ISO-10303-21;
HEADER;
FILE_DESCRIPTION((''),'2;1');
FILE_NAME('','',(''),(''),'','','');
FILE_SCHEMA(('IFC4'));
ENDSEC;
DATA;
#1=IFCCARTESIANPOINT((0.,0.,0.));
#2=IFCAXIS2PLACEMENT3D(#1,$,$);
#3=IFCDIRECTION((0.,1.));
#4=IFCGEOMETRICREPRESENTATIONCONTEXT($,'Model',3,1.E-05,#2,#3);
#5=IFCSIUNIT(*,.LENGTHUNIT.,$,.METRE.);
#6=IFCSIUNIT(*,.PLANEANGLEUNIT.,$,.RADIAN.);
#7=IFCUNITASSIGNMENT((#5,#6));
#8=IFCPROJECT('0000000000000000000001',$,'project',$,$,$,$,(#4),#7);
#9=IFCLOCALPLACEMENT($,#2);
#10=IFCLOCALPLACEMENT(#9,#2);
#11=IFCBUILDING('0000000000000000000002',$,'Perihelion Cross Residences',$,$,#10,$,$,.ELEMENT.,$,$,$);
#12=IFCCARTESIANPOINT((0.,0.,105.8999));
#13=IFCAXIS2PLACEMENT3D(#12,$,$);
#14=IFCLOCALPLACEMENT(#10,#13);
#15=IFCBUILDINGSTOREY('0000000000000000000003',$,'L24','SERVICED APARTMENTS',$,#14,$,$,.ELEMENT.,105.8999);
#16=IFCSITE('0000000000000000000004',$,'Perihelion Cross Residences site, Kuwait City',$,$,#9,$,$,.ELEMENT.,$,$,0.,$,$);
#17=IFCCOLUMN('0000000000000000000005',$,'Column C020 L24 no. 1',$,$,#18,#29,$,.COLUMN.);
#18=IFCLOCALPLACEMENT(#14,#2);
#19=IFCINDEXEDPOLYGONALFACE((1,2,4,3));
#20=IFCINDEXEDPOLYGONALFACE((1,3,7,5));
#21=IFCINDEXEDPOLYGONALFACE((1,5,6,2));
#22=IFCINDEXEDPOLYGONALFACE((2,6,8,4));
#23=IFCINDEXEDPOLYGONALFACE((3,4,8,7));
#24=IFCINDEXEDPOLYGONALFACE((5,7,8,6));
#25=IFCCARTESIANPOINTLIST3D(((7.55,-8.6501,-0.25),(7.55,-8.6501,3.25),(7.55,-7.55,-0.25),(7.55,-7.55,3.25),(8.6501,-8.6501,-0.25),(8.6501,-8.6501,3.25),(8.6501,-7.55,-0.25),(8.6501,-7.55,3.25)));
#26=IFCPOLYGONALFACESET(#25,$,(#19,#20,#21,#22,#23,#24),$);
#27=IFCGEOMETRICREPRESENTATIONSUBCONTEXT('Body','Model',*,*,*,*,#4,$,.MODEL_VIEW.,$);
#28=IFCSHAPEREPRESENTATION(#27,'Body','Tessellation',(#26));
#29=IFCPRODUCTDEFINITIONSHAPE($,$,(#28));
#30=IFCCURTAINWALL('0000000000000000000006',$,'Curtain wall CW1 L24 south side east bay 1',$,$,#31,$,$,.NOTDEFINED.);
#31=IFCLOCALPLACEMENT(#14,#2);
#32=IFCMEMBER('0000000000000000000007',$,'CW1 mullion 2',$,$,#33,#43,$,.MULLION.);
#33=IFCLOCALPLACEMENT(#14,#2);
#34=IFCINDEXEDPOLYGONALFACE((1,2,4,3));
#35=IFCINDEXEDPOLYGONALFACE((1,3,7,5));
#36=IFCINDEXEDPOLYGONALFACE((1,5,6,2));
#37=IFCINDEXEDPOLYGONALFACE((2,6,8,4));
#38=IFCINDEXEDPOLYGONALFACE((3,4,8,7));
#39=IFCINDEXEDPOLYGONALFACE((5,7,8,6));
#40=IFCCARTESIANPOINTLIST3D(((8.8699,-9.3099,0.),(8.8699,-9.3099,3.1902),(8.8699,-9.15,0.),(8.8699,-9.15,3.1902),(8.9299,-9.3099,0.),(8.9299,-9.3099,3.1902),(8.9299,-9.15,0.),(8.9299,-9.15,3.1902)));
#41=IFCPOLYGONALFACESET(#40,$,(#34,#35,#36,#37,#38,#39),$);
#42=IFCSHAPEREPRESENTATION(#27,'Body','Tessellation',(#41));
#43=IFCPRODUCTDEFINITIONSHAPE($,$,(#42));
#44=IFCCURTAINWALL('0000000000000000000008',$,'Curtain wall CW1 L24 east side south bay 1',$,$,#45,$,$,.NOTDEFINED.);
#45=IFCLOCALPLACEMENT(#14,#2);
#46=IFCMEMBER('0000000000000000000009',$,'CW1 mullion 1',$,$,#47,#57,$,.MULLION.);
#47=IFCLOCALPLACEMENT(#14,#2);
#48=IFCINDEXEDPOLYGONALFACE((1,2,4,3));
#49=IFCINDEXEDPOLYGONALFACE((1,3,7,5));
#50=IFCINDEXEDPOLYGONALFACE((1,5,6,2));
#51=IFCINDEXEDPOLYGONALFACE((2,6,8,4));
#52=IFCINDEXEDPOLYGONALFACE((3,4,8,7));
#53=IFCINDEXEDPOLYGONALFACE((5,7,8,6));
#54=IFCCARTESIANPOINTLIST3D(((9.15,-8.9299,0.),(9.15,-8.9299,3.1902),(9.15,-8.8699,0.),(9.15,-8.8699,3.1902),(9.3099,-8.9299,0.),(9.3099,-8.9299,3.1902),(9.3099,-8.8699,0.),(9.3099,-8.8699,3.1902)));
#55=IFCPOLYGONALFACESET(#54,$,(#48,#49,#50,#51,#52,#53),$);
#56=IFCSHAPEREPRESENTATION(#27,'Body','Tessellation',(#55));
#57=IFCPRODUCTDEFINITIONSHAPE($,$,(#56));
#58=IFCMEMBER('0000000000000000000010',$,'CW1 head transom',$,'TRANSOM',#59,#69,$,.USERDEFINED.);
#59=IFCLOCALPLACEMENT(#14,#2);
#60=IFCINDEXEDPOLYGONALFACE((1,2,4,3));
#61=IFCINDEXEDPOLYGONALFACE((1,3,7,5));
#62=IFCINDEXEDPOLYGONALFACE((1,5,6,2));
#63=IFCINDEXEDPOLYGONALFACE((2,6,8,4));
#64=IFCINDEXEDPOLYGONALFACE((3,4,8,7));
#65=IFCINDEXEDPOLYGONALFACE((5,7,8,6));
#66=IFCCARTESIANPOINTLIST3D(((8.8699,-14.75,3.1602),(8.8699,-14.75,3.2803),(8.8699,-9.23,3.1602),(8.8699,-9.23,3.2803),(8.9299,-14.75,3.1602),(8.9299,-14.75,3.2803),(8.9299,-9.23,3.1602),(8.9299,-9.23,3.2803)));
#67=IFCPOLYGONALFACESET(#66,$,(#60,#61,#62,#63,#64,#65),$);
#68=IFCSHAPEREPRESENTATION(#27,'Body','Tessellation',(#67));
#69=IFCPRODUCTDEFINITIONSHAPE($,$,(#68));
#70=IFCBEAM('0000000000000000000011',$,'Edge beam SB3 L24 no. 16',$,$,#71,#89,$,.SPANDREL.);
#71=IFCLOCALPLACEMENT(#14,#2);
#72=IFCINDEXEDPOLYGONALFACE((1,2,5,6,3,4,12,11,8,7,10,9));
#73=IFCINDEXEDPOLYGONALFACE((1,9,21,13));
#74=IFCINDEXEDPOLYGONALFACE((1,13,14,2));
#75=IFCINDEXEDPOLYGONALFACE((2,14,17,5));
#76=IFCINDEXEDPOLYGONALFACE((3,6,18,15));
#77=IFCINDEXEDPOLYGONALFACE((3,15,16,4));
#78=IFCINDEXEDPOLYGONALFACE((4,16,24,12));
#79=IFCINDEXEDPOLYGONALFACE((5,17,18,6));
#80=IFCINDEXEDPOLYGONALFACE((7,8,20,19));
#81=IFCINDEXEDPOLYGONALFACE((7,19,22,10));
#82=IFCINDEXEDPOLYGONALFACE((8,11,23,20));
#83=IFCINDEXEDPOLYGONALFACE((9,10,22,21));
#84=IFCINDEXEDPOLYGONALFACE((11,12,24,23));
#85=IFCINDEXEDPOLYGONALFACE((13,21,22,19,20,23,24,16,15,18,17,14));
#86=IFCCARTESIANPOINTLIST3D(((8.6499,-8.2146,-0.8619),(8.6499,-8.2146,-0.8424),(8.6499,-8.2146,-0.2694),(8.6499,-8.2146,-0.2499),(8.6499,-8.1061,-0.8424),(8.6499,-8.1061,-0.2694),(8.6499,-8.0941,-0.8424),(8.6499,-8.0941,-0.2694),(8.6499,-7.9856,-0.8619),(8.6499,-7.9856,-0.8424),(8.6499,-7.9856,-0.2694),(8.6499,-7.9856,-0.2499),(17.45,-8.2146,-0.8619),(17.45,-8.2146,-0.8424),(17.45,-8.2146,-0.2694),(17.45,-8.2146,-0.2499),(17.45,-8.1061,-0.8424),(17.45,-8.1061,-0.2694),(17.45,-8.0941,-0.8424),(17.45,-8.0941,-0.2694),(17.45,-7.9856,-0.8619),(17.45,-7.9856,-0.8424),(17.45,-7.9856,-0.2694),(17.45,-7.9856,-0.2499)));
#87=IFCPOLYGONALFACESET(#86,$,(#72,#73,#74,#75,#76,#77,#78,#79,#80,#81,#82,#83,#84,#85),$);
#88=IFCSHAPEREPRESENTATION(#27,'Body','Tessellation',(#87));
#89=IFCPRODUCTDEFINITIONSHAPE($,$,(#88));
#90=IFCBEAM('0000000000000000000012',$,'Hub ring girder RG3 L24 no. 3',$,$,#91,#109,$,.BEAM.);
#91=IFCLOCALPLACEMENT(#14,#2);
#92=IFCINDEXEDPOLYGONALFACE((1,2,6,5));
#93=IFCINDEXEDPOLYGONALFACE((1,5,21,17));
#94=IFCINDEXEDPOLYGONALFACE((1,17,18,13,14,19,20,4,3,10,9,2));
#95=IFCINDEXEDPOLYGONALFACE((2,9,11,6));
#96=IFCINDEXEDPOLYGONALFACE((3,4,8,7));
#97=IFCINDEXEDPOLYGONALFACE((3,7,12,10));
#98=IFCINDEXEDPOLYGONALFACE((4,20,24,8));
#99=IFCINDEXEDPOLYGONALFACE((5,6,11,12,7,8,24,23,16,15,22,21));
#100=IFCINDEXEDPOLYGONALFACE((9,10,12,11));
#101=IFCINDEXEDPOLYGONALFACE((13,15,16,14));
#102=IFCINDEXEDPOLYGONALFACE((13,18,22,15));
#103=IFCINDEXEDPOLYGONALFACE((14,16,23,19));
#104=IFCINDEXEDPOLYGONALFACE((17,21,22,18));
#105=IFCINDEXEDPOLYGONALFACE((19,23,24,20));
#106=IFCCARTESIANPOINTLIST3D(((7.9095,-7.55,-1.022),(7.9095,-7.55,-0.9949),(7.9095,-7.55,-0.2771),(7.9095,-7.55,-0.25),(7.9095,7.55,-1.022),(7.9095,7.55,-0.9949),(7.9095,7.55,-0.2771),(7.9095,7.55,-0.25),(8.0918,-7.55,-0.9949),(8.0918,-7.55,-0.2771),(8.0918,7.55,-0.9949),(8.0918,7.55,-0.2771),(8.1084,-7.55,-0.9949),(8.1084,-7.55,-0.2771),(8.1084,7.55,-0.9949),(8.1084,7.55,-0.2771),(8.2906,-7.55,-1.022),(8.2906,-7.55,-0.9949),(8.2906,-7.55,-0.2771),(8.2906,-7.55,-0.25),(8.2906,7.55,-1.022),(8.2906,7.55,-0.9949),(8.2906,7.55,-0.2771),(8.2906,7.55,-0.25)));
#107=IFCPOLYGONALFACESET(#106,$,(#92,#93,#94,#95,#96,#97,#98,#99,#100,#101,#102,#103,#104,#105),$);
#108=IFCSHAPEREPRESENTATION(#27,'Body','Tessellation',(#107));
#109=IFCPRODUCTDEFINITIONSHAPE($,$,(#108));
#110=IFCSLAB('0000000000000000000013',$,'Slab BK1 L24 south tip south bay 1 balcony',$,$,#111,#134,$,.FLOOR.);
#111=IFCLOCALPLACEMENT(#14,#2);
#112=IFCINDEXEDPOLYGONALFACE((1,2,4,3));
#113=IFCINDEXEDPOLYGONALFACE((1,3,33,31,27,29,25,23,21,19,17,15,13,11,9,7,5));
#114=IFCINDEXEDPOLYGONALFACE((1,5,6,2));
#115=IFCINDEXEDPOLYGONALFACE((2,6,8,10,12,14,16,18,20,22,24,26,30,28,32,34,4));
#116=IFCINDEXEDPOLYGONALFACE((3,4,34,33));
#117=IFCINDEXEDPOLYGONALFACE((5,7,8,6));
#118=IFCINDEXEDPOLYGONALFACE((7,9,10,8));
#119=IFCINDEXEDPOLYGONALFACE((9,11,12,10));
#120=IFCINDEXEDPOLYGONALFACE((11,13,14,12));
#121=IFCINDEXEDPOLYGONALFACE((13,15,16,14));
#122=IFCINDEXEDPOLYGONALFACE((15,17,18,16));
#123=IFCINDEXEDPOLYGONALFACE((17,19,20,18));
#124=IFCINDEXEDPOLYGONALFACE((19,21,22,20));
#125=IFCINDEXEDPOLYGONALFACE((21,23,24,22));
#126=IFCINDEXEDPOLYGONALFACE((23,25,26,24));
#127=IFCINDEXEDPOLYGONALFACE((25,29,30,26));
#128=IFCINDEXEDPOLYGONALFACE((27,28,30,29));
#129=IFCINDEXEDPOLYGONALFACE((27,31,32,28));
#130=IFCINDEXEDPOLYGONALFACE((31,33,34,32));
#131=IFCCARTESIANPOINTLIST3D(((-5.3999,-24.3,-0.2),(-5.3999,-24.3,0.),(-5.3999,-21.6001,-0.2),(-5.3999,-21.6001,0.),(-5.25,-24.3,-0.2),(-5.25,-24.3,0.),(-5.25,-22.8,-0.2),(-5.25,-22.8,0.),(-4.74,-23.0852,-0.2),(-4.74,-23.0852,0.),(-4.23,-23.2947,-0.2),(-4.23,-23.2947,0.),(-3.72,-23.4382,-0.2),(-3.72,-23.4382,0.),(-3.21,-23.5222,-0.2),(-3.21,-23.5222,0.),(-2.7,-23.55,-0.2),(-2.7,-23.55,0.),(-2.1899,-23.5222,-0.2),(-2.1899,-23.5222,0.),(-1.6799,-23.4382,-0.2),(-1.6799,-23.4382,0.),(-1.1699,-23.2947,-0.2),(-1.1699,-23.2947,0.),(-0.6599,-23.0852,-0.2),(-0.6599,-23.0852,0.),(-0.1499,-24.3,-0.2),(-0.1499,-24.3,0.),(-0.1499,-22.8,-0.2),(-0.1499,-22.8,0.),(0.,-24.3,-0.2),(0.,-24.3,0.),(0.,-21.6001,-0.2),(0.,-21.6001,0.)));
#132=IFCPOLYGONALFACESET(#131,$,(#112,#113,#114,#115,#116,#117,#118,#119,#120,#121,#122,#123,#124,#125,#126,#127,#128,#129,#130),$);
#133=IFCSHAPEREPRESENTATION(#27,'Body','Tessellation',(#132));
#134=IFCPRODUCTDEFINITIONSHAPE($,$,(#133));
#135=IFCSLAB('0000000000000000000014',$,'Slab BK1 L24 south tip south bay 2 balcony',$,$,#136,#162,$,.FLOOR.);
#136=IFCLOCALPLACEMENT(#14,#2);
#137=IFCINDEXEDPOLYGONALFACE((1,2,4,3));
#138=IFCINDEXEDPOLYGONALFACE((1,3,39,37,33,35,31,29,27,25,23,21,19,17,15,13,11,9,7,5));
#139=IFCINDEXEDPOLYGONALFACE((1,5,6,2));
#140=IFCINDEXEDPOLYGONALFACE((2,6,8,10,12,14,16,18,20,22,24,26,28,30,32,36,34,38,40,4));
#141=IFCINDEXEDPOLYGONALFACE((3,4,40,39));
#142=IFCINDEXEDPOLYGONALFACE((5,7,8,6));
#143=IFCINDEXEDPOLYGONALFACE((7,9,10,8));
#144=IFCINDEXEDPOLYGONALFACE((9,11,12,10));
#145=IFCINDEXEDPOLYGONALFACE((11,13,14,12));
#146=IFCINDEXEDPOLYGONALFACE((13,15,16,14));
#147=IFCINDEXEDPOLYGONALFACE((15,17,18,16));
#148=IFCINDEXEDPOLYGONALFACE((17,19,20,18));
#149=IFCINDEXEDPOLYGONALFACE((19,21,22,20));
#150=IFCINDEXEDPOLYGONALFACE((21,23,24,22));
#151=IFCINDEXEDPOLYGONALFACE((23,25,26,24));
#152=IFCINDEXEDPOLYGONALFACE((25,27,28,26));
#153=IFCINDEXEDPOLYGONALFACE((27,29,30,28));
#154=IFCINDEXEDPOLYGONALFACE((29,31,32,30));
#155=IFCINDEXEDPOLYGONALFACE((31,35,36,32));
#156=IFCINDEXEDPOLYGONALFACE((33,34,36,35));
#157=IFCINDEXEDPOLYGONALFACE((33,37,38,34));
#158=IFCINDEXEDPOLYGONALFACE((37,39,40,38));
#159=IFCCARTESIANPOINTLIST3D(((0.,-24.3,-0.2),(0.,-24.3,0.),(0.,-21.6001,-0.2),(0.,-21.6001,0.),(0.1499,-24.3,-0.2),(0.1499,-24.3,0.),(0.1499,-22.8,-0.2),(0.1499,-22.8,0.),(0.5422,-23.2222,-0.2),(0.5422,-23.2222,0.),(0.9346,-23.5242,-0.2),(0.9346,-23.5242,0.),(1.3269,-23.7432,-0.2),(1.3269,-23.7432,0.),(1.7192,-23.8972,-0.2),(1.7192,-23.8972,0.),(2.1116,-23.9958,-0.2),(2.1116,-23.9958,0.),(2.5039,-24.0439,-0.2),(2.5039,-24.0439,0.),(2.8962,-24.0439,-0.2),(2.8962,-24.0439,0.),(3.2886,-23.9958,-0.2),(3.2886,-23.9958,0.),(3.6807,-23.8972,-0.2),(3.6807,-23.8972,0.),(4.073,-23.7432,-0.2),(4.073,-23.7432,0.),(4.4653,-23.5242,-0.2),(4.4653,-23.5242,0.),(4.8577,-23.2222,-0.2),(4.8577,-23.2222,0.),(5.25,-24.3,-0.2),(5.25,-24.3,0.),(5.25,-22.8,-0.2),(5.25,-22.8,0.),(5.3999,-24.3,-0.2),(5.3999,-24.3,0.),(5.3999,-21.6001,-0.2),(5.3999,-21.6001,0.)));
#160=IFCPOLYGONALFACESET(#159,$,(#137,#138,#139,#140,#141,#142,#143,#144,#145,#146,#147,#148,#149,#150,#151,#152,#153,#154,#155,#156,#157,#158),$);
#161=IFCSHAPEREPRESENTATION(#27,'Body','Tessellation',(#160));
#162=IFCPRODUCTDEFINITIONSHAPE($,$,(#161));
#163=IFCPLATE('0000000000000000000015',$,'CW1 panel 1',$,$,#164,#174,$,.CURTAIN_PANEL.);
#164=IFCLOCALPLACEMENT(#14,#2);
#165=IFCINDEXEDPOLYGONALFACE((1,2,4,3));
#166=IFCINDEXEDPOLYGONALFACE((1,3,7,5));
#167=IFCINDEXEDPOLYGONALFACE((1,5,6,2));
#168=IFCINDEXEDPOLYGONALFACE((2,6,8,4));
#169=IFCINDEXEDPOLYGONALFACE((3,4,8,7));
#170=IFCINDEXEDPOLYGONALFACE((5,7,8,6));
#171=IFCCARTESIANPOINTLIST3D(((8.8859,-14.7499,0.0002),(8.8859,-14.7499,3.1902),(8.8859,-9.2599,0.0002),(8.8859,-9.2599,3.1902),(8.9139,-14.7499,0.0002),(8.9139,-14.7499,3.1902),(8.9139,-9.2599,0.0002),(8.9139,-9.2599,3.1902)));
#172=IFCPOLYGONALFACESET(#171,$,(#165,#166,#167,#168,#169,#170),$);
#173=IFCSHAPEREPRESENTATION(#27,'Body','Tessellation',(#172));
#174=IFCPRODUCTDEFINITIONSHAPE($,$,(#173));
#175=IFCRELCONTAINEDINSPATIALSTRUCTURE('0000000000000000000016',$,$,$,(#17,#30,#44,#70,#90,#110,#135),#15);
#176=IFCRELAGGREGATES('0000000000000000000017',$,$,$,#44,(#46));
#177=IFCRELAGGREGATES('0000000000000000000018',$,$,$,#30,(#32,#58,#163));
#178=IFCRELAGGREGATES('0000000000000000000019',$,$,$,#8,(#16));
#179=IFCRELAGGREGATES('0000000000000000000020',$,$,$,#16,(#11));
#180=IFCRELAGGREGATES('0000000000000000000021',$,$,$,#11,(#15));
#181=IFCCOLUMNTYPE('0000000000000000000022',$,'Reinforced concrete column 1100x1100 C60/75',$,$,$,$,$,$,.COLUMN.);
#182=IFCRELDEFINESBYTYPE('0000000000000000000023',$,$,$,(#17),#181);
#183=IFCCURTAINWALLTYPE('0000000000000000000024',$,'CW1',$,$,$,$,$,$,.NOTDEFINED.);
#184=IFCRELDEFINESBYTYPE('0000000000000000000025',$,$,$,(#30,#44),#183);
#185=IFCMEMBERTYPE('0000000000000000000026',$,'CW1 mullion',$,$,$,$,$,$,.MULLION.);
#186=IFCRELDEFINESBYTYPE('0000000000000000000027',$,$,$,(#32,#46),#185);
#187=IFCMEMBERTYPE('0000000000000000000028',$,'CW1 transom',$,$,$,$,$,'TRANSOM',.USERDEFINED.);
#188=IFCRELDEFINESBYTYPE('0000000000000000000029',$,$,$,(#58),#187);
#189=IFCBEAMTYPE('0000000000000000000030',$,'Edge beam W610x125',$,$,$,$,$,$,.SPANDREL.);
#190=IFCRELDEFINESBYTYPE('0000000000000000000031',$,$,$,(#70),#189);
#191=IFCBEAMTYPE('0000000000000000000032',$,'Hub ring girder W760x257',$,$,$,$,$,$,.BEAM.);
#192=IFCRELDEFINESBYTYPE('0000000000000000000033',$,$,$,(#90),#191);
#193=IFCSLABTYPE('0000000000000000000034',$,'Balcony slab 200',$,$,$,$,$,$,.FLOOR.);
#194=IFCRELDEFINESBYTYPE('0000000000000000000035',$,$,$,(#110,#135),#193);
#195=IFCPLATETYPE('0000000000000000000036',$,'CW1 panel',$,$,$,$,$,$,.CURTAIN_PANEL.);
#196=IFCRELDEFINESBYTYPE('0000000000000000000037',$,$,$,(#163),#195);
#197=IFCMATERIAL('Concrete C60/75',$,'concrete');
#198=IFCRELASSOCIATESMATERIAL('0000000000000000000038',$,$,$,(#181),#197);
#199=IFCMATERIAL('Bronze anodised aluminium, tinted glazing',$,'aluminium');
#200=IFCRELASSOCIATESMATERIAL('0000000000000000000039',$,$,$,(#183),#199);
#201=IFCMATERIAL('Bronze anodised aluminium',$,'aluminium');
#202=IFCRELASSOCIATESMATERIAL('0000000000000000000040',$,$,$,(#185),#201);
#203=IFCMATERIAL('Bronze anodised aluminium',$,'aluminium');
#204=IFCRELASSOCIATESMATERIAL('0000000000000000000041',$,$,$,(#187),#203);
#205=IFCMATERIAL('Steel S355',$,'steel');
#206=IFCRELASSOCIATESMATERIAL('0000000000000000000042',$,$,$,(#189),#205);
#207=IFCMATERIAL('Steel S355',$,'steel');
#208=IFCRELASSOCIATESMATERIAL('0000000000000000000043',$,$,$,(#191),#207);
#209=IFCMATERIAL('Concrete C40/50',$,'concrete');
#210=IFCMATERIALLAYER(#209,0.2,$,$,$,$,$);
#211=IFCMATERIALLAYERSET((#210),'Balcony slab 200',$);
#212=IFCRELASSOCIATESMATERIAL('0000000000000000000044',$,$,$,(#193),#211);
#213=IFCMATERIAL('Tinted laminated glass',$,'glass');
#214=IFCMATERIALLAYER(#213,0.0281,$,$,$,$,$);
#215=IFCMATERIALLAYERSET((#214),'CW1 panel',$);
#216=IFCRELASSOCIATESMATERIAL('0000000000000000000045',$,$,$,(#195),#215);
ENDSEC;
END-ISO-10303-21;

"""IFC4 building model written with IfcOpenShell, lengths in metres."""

from ifc_helpers import new_model, si_unit, direction, frame, origin, origin_2d, place, context, subcontext, project, spatial, polyline, rectangle, i_section, outline, extrude, material, layer, layer_set, material_profile, profile_set, type_object, element, aggregate, save


model = new_model("IFC4")

# Units and contexts
model_context = context("Model", 3, precision=1e-05, world=origin(), true_north=direction((0.0, 1.0)))
body_context = subcontext(model_context, "Body", "Model", "MODEL_VIEW")
ifc_project = project(units=[si_unit("LENGTHUNIT", "METRE"), si_unit("PLANEANGLEUNIT", "RADIAN")], contexts=[model_context])

# Site, building, storey
site_placement = place(None, origin())
site = spatial("IfcSite", under=ifc_project, at=site_placement, Name="Perihelion Cross Residences site, Kuwait City", CompositionType="ELEMENT", RefElevation=0.0)
building_placement = place(site_placement, origin())
building = spatial("IfcBuilding", under=site, at=building_placement, Name="Perihelion Cross Residences", CompositionType="ELEMENT")
storey_placement = place(building_placement, frame((0.0, 0.0, 105.8999)))
storey = spatial("IfcBuildingStorey", under=building, at=storey_placement, Name="L24", Description="SERVICED APARTMENTS", CompositionType="ELEMENT", Elevation=105.8999)

# Column
ifc_material_1 = material(Name="Concrete C60/75", Category="concrete")
ifc_material_profile_1 = material_profile(ifc_material_1, rectangle(XDim=1.1001, YDim=1.1001, at=origin_2d()), Name="RC 1100x1100")
ifc_profile_set_1 = profile_set([ifc_material_profile_1], Name="Concrete C60/75")
column_type = type_object("IfcColumnType", Name="Reinforced concrete column 1100x1100 C60/75", PredefinedType="COLUMN", material=ifc_profile_set_1)
column_placement = place(storey_placement, frame((8.1001, -8.1001, -0.25), z_axis=(0.0, 0.0, 1.0), x_axis=(1.0, 0.0, 0.0)))
element("IfcColumn", 1, at=column_placement, inside=storey, type_object=column_type, Name="Column C020 L24 no. 1", PredefinedType="COLUMN", context=body_context, shape_type="SweptSolid", body=[
    extrude(rectangle(XDim=1.1001, YDim=1.1001, at=origin_2d()), origin(), (0.0, 0.0, 1.0), 3.5),
])

# Curtain walls, members
ifc_material_2 = material(Name="Bronze anodised aluminium, tinted glazing", Category="aluminium")
curtain_wall_type = type_object("IfcCurtainWallType", Name="CW1", PredefinedType="NOTDEFINED", material=ifc_material_2)
curtain_wall_1_placement = place(storey_placement, origin())
curtain_wall_1 = element("IfcCurtainWall", 2, at=curtain_wall_1_placement, inside=storey, type_object=curtain_wall_type, Name="Curtain wall CW1 L24 south side east bay 1", PredefinedType="NOTDEFINED")
ifc_material_3 = material(Name="Bronze anodised aluminium", Category="aluminium")
ifc_material_profile_2 = material_profile(ifc_material_3, rectangle(XDim=0.0601, YDim=0.1599, at=origin_2d()), Name="CW1 mullion")
ifc_profile_set_2 = profile_set([ifc_material_profile_2], Name="Bronze anodised aluminium")
member_type_1 = type_object("IfcMemberType", Name="CW1 mullion", PredefinedType="MULLION", material=ifc_profile_set_2)
member_1_placement = place(storey_placement, frame((8.8999, -9.23, 0.0), z_axis=(0.0, 0.0, 1.0), x_axis=(-1.0, 0.0, 0.0)))
member_1 = element("IfcMember", 3, at=member_1_placement, type_object=member_type_1, Name="CW1 mullion 2", PredefinedType="MULLION", context=body_context, shape_type="SweptSolid", body=[
    extrude(rectangle(XDim=0.0601, YDim=0.1599, at=origin_2d()), origin(), (0.0, 0.0, 1.0), 3.1902),
])
curtain_wall_2_placement = place(storey_placement, origin())
curtain_wall_2 = element("IfcCurtainWall", 4, at=curtain_wall_2_placement, inside=storey, type_object=curtain_wall_type, Name="Curtain wall CW1 L24 east side south bay 1", PredefinedType="NOTDEFINED")
member_2_placement = place(storey_placement, frame((9.23, -8.8999, 0.0), z_axis=(0.0, 0.0, 1.0), x_axis=(0.0, 1.0, 0.0)))
member_2 = element("IfcMember", 5, at=member_2_placement, type_object=member_type_1, Name="CW1 mullion 1", PredefinedType="MULLION", context=body_context, shape_type="SweptSolid", body=[
    extrude(rectangle(XDim=0.0601, YDim=0.1599, at=origin_2d()), origin(), (0.0, 0.0, 1.0), 3.1902),
])
aggregate(curtain_wall_2, [member_2])

# Member
ifc_material_4 = material(Name="Bronze anodised aluminium", Category="aluminium")
ifc_material_profile_3 = material_profile(ifc_material_4, rectangle(XDim=0.0601, YDim=0.1201, at=origin_2d()), Name="CW1 transom")
ifc_profile_set_3 = profile_set([ifc_material_profile_3], Name="Bronze anodised aluminium")
member_type_2 = type_object("IfcMemberType", Name="CW1 transom", ElementType="TRANSOM", PredefinedType="USERDEFINED", material=ifc_profile_set_3)
member_3_placement = place(storey_placement, frame((8.8999, -14.75, 3.2202), z_axis=(0.0, 1.0, 0.0), x_axis=(-1.0, 0.0, 0.0)))
member_3 = element("IfcMember", 6, at=member_3_placement, type_object=member_type_2, Name="CW1 head transom", ObjectType="TRANSOM", PredefinedType="USERDEFINED", context=body_context, shape_type="SweptSolid", body=[
    extrude(rectangle(XDim=0.0601, YDim=0.1201, at=origin_2d()), origin(), (0.0, 0.0, 1.0), 5.52),
])

# Beams
ifc_material_5 = material(Name="Steel S355", Category="steel")
ifc_material_profile_4 = material_profile(ifc_material_5, i_section(OverallWidth=0.229, OverallDepth=0.6121, WebThickness=0.012, FlangeThickness=0.0195, at=origin_2d()), Name="W610x125")
ifc_profile_set_4 = profile_set([ifc_material_profile_4], Name="Steel S355")
beam_type_1 = type_object("IfcBeamType", Name="Edge beam W610x125", PredefinedType="SPANDREL", material=ifc_profile_set_4)
beam_1_placement = place(storey_placement, frame((8.6499, -8.1001, -0.5559), z_axis=(1.0, 0.0, 0.0), x_axis=(0.0, 1.0, 0.0)))
element("IfcBeam", 7, at=beam_1_placement, inside=storey, type_object=beam_type_1, Name="Edge beam SB3 L24 no. 16", PredefinedType="SPANDREL", context=body_context, shape_type="SweptSolid", body=[
    extrude(i_section(OverallWidth=0.229, OverallDepth=0.6121, WebThickness=0.012, FlangeThickness=0.0195, at=origin_2d()), origin(), (0.0, 0.0, 1.0), 8.8),
])
ifc_material_6 = material(Name="Steel S355", Category="steel")
ifc_material_profile_5 = material_profile(ifc_material_6, i_section(OverallWidth=0.3811, OverallDepth=0.772, WebThickness=0.0166, FlangeThickness=0.0271, at=origin_2d()), Name="W760x257")
ifc_profile_set_5 = profile_set([ifc_material_profile_5], Name="Steel S355")
beam_type_2 = type_object("IfcBeamType", Name="Hub ring girder W760x257", PredefinedType="BEAM", material=ifc_profile_set_5)
beam_2_placement = place(storey_placement, frame((8.1001, -7.55, -0.636), z_axis=(0.0, 1.0, 0.0), x_axis=(-1.0, 0.0, 0.0)))
element("IfcBeam", 8, at=beam_2_placement, inside=storey, type_object=beam_type_2, Name="Hub ring girder RG3 L24 no. 3", PredefinedType="BEAM", context=body_context, shape_type="SweptSolid", body=[
    extrude(i_section(OverallWidth=0.3811, OverallDepth=0.772, WebThickness=0.0166, FlangeThickness=0.0271, at=origin_2d()), origin(), (0.0, 0.0, 1.0), 15.1001),
])

# Slabs
ifc_material_7 = material(Name="Concrete C40/50", Category="concrete")
ifc_layer_1 = layer(ifc_material_7, 0.2)
ifc_layer_set_1 = layer_set([ifc_layer_1], Name="Balcony slab 200")
slab_type_1 = type_object("IfcSlabType", Name="Balcony slab 200", PredefinedType="FLOOR", material=ifc_layer_set_1)
slab_1_placement = place(storey_placement, frame((0.0, 0.0, -0.2)))
element("IfcSlab", 9, at=slab_1_placement, inside=storey, type_object=slab_type_1, Name="Slab BK1 L24 south tip south bay 1 balcony", PredefinedType="FLOOR", context=body_context, shape_type="SweptSolid", body=[
    extrude(outline(polyline([(-5.3999, -21.6001), (0.0, -21.6001), (0.0, -24.3), (-0.1499, -24.3), (-0.1499, -22.8), (-0.6599, -23.0852), (-1.1699, -23.2947), (-1.6799, -23.4382), (-2.1899, -23.5222), (-2.7, -23.55), (-3.21, -23.5222), (-3.72, -23.4382), (-4.23, -23.2947), (-4.74, -23.0852), (-5.25, -22.8), (-5.25, -24.3), (-5.3999, -24.3), (-5.3999, -21.6001)])), origin(), (0.0, 0.0, 1.0), 0.2),
])
slab_2_placement = place(storey_placement, frame((0.0, 0.0, -0.2)))
element("IfcSlab", 10, at=slab_2_placement, inside=storey, type_object=slab_type_1, Name="Slab BK1 L24 south tip south bay 2 balcony", PredefinedType="FLOOR", context=body_context, shape_type="SweptSolid", body=[
    extrude(outline(polyline([(0.0, -21.6001), (5.3999, -21.6001), (5.3999, -24.3), (5.25, -24.3), (5.25, -22.8), (4.8577, -23.2222), (4.4653, -23.5242), (4.073, -23.7432), (3.6807, -23.8972), (3.2886, -23.9958), (2.8962, -24.0439), (2.5039, -24.0439), (2.1116, -23.9958), (1.7192, -23.8972), (1.3269, -23.7432), (0.9346, -23.5242), (0.5422, -23.2222), (0.1499, -22.8), (0.1499, -24.3), (0.0, -24.3), (0.0, -21.6001)])), origin(), (0.0, 0.0, 1.0), 0.2),
])

# Plate
ifc_material_8 = material(Name="Tinted laminated glass", Category="glass")
ifc_layer_2 = layer(ifc_material_8, 0.0281)
ifc_layer_set_2 = layer_set([ifc_layer_2], Name="CW1 panel")
plate_type = type_object("IfcPlateType", Name="CW1 panel", PredefinedType="CURTAIN_PANEL", material=ifc_layer_set_2)
plate_placement = place(storey_placement, frame((8.8999, -12.0049, 0.0002), z_axis=(0.0, 0.0, 1.0), x_axis=(0.0, 1.0, 0.0)))
plate = element("IfcPlate", 11, at=plate_placement, type_object=plate_type, Name="CW1 panel 1", PredefinedType="CURTAIN_PANEL", context=body_context, shape_type="SweptSolid", body=[
    extrude(rectangle(XDim=5.49, YDim=0.0281, at=origin_2d()), origin(), (0.0, 0.0, 1.0), 3.1899),
])
aggregate(curtain_wall_1, [member_1, member_3, plate])

save(model, "model.ifc")
